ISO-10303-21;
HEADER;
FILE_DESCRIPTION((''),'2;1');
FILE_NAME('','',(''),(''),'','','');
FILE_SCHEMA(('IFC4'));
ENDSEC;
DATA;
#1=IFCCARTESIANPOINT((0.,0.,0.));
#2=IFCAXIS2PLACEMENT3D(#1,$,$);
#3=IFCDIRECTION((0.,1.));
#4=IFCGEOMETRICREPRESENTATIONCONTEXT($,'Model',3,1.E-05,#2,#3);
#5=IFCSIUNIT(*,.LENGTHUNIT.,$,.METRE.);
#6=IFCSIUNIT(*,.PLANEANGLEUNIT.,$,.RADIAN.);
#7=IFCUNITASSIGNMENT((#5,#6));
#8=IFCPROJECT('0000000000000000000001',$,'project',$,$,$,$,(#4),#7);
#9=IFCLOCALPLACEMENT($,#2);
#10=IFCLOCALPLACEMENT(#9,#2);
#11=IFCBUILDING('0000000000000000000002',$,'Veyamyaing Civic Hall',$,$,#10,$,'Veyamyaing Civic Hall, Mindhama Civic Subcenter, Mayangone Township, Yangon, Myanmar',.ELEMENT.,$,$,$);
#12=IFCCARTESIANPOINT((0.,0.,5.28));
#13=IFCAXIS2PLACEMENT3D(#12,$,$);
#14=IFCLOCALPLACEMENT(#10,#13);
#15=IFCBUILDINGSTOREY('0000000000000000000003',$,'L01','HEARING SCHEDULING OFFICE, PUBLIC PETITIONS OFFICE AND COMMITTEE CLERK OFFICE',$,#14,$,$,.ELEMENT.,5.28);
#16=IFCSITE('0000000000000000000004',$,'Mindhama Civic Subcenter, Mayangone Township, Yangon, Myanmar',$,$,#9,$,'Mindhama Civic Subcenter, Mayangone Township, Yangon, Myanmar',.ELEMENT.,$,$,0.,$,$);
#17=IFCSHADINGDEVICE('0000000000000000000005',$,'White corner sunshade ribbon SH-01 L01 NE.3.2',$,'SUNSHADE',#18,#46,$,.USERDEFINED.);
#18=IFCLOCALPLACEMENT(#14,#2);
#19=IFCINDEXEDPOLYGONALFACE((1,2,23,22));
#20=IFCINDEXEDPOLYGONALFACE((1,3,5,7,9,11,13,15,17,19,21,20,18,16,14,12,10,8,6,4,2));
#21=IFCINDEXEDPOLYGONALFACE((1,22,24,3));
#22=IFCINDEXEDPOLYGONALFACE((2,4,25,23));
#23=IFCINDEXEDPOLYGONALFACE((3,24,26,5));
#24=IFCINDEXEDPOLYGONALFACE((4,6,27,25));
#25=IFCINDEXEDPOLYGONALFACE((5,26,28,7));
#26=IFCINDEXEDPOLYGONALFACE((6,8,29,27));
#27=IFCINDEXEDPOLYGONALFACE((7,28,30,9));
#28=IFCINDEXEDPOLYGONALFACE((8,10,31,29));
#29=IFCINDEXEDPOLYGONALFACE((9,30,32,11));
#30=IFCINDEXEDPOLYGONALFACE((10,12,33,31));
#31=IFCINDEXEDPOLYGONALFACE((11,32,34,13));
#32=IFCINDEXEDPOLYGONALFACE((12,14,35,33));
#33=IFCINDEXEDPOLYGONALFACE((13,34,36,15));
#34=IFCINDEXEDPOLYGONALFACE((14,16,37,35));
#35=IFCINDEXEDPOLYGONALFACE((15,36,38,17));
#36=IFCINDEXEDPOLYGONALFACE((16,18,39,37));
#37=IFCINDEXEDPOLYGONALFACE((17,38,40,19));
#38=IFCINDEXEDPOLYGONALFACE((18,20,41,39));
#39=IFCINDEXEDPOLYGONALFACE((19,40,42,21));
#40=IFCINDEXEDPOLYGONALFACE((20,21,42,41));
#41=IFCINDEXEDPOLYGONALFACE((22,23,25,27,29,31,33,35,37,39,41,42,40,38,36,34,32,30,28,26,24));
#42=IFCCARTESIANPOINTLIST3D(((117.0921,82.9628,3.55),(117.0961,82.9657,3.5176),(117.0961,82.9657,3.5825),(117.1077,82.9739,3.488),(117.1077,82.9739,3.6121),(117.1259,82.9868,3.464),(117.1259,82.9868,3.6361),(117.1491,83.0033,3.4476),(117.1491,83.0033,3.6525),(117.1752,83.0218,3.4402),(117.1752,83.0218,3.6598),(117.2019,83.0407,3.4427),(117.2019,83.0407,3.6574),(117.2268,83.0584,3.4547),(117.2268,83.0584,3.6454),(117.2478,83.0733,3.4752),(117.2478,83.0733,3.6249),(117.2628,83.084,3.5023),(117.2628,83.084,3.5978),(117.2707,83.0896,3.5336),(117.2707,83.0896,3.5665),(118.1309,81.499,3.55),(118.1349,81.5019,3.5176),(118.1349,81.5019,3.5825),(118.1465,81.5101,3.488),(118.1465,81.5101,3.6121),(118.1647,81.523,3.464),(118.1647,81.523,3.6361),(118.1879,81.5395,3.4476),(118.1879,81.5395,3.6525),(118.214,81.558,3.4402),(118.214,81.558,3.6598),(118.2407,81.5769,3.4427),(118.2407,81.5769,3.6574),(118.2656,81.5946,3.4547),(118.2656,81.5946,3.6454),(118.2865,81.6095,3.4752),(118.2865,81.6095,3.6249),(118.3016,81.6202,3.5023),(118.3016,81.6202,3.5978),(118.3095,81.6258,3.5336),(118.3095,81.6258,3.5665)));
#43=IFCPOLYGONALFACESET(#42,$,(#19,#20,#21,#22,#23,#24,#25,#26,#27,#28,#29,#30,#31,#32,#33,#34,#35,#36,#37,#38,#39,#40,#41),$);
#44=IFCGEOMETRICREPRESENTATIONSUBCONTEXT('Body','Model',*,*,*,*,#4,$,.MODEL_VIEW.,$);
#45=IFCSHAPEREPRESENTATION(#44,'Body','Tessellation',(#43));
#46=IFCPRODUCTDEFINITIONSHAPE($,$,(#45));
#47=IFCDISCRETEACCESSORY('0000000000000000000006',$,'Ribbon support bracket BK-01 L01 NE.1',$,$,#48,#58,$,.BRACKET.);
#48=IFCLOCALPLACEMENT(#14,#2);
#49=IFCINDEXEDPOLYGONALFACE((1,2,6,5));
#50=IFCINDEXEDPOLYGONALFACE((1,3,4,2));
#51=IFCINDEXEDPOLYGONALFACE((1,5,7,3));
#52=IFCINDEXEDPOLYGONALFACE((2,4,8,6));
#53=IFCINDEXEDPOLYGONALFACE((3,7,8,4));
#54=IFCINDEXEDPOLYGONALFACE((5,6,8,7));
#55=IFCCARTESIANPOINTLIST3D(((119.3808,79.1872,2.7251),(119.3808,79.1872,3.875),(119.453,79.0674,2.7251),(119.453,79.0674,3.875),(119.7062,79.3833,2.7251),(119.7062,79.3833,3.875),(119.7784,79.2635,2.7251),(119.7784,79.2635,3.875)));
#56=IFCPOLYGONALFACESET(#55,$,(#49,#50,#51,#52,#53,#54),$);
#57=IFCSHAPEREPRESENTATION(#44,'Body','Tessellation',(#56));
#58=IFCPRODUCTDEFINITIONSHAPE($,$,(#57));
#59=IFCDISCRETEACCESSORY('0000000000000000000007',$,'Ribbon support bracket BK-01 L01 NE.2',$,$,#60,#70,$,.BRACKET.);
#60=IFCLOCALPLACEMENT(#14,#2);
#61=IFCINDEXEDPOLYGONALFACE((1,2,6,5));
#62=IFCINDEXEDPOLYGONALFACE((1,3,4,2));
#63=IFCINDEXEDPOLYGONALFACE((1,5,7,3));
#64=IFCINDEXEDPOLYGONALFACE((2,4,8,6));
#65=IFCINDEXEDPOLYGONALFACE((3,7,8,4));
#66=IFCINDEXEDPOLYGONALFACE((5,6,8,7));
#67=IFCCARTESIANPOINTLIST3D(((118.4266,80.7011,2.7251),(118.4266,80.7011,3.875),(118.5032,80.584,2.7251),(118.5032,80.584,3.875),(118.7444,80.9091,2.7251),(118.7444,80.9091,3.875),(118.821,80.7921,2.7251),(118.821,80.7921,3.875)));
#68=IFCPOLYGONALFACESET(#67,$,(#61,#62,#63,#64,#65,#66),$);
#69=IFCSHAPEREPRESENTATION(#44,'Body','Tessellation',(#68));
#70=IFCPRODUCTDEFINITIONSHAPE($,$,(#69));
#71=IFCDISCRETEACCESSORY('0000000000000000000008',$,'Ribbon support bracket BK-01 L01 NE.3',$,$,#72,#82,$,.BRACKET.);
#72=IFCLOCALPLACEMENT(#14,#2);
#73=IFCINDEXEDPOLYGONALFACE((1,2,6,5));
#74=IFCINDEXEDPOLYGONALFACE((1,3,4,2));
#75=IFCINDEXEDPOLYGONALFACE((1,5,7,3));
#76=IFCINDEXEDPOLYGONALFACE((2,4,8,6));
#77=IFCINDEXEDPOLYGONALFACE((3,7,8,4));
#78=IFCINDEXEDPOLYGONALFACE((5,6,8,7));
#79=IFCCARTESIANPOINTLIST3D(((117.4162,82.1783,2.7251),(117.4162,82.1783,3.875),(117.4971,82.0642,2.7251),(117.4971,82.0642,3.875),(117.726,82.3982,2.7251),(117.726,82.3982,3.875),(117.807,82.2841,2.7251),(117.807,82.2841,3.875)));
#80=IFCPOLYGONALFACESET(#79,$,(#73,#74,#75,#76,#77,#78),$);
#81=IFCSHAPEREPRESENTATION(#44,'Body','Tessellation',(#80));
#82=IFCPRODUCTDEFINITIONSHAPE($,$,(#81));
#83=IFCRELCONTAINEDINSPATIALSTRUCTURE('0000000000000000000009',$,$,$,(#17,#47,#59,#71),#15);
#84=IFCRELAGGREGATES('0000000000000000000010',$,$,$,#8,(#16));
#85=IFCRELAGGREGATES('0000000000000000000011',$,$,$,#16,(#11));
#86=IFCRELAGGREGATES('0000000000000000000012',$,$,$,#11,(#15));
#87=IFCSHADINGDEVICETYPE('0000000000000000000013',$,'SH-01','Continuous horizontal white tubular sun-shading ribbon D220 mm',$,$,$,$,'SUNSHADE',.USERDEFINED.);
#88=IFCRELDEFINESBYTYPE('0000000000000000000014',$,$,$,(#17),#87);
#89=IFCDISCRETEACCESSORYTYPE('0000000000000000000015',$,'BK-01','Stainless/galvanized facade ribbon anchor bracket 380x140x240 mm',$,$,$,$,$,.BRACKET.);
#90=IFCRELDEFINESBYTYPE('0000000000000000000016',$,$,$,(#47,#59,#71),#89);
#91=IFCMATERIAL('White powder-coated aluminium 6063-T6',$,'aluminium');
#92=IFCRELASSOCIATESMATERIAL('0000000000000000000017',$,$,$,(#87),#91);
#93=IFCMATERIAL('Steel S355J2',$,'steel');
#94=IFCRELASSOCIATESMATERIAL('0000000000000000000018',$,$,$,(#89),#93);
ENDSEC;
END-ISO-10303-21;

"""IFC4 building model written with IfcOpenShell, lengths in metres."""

from ifc_helpers import new_model, si_unit, direction, frame, origin, origin_2d, place, context, subcontext, project, spatial, rectangle, circle, extrude, material, material_profile, profile_set, type_object, element, save


model = new_model("IFC4")

# Units and contexts
model_context = context("Model", 3, precision=1e-05, world=origin(), true_north=direction((0.0, 1.0)))
body_context = subcontext(model_context, "Body", "Model", "MODEL_VIEW")
ifc_project = project(units=[si_unit("LENGTHUNIT", "METRE"), si_unit("PLANEANGLEUNIT", "RADIAN")], contexts=[model_context])

# Site, building, storey
site_placement = place(None, origin())
site = spatial("IfcSite", under=ifc_project, at=site_placement, Name="Mindhama Civic Subcenter, Mayangone Township, Yangon, Myanmar", LongName="Mindhama Civic Subcenter, Mayangone Township, Yangon, Myanmar", CompositionType="ELEMENT", RefElevation=0.0)
building_placement = place(site_placement, origin())
building = spatial("IfcBuilding", under=site, at=building_placement, Name="Veyamyaing Civic Hall", LongName="Veyamyaing Civic Hall, Mindhama Civic Subcenter, Mayangone Township, Yangon, Myanmar", CompositionType="ELEMENT")
storey_placement = place(building_placement, frame((0.0, 0.0, 5.28)))
storey = spatial("IfcBuildingStorey", under=building, at=storey_placement, Name="L01", Description="HEARING SCHEDULING OFFICE, PUBLIC PETITIONS OFFICE AND COMMITTEE CLERK OFFICE", CompositionType="ELEMENT", Elevation=5.28)

# Shared definitions
ifc_material_1 = material(Name="White powder-coated aluminium 6063-T6", Category="aluminium")

# Shading device
ifc_material_profile_1 = material_profile(ifc_material_1, circle(Radius=0.1101, at=origin_2d()), Name="SHADE-TUBE-220")
ifc_profile_set_1 = profile_set([ifc_material_profile_1], Name="White powder-coated aluminium 6063-T6")
shading_device_type = type_object("IfcShadingDeviceType", Name="SH-01", Description="Continuous horizontal white tubular sun-shading ribbon D220 mm", ElementType="SUNSHADE", PredefinedType="USERDEFINED", material=ifc_profile_set_1)
for number, where, z_axis, x_axis, name in (
    (1, (118.2207, 81.5627, 3.55), (-0.578727, 0.815522, 0.0), (-0.815522, -0.578727, 0.0), "White corner sunshade ribbon SH-01 L01 NE.3.2"),
):
    element("IfcShadingDevice", number, at=place(storey_placement, frame(where, z_axis=z_axis, x_axis=x_axis)), inside=storey, type_object=shading_device_type, Name=name, ObjectType="SUNSHADE", PredefinedType="USERDEFINED", context=body_context, shape_type="SweptSolid", body=[
        extrude(circle(Radius=0.1101, at=origin_2d()), origin(), (0.0, 0.0, 1.0), 1.7949),
    ])

# Discrete accessories
ifc_material_2 = material(Name="Steel S355J2", Category="steel")
discrete_accessory_type = type_object("IfcDiscreteAccessoryType", Name="BK-01", Description="Stainless/galvanized facade ribbon anchor bracket 380x140x240 mm", PredefinedType="BRACKET", material=ifc_material_2)
for number, where, z_axis, x_axis, name in (
    (2, (119.5796, 79.2253, 2.7251), (0.0, 0.0, 1.0), (0.856525, 0.516106, 0.0), "Ribbon support bracket BK-01 L01 NE.1"),
    (3, (118.6238, 80.7466, 2.7251), (0.0, 0.0, 1.0), (0.836628, 0.547772, 0.0), "Ribbon support bracket BK-01 L01 NE.2"),
    (4, (117.6116, 82.2312, 2.7251), (0.0, 0.0, 1.0), (0.815561, 0.578671, 0.0), "Ribbon support bracket BK-01 L01 NE.3"),
):
    element("IfcDiscreteAccessory", number, at=place(storey_placement, frame(where, z_axis=z_axis, x_axis=x_axis)), inside=storey, type_object=discrete_accessory_type, Name=name, PredefinedType="BRACKET", context=body_context, shape_type="SweptSolid", body=[
        extrude(rectangle(XDim=0.3799, YDim=0.1399, at=origin_2d()), origin(), (0.0, 0.0, 1.0), 1.1499),
    ])

save(model, "model.ifc")
